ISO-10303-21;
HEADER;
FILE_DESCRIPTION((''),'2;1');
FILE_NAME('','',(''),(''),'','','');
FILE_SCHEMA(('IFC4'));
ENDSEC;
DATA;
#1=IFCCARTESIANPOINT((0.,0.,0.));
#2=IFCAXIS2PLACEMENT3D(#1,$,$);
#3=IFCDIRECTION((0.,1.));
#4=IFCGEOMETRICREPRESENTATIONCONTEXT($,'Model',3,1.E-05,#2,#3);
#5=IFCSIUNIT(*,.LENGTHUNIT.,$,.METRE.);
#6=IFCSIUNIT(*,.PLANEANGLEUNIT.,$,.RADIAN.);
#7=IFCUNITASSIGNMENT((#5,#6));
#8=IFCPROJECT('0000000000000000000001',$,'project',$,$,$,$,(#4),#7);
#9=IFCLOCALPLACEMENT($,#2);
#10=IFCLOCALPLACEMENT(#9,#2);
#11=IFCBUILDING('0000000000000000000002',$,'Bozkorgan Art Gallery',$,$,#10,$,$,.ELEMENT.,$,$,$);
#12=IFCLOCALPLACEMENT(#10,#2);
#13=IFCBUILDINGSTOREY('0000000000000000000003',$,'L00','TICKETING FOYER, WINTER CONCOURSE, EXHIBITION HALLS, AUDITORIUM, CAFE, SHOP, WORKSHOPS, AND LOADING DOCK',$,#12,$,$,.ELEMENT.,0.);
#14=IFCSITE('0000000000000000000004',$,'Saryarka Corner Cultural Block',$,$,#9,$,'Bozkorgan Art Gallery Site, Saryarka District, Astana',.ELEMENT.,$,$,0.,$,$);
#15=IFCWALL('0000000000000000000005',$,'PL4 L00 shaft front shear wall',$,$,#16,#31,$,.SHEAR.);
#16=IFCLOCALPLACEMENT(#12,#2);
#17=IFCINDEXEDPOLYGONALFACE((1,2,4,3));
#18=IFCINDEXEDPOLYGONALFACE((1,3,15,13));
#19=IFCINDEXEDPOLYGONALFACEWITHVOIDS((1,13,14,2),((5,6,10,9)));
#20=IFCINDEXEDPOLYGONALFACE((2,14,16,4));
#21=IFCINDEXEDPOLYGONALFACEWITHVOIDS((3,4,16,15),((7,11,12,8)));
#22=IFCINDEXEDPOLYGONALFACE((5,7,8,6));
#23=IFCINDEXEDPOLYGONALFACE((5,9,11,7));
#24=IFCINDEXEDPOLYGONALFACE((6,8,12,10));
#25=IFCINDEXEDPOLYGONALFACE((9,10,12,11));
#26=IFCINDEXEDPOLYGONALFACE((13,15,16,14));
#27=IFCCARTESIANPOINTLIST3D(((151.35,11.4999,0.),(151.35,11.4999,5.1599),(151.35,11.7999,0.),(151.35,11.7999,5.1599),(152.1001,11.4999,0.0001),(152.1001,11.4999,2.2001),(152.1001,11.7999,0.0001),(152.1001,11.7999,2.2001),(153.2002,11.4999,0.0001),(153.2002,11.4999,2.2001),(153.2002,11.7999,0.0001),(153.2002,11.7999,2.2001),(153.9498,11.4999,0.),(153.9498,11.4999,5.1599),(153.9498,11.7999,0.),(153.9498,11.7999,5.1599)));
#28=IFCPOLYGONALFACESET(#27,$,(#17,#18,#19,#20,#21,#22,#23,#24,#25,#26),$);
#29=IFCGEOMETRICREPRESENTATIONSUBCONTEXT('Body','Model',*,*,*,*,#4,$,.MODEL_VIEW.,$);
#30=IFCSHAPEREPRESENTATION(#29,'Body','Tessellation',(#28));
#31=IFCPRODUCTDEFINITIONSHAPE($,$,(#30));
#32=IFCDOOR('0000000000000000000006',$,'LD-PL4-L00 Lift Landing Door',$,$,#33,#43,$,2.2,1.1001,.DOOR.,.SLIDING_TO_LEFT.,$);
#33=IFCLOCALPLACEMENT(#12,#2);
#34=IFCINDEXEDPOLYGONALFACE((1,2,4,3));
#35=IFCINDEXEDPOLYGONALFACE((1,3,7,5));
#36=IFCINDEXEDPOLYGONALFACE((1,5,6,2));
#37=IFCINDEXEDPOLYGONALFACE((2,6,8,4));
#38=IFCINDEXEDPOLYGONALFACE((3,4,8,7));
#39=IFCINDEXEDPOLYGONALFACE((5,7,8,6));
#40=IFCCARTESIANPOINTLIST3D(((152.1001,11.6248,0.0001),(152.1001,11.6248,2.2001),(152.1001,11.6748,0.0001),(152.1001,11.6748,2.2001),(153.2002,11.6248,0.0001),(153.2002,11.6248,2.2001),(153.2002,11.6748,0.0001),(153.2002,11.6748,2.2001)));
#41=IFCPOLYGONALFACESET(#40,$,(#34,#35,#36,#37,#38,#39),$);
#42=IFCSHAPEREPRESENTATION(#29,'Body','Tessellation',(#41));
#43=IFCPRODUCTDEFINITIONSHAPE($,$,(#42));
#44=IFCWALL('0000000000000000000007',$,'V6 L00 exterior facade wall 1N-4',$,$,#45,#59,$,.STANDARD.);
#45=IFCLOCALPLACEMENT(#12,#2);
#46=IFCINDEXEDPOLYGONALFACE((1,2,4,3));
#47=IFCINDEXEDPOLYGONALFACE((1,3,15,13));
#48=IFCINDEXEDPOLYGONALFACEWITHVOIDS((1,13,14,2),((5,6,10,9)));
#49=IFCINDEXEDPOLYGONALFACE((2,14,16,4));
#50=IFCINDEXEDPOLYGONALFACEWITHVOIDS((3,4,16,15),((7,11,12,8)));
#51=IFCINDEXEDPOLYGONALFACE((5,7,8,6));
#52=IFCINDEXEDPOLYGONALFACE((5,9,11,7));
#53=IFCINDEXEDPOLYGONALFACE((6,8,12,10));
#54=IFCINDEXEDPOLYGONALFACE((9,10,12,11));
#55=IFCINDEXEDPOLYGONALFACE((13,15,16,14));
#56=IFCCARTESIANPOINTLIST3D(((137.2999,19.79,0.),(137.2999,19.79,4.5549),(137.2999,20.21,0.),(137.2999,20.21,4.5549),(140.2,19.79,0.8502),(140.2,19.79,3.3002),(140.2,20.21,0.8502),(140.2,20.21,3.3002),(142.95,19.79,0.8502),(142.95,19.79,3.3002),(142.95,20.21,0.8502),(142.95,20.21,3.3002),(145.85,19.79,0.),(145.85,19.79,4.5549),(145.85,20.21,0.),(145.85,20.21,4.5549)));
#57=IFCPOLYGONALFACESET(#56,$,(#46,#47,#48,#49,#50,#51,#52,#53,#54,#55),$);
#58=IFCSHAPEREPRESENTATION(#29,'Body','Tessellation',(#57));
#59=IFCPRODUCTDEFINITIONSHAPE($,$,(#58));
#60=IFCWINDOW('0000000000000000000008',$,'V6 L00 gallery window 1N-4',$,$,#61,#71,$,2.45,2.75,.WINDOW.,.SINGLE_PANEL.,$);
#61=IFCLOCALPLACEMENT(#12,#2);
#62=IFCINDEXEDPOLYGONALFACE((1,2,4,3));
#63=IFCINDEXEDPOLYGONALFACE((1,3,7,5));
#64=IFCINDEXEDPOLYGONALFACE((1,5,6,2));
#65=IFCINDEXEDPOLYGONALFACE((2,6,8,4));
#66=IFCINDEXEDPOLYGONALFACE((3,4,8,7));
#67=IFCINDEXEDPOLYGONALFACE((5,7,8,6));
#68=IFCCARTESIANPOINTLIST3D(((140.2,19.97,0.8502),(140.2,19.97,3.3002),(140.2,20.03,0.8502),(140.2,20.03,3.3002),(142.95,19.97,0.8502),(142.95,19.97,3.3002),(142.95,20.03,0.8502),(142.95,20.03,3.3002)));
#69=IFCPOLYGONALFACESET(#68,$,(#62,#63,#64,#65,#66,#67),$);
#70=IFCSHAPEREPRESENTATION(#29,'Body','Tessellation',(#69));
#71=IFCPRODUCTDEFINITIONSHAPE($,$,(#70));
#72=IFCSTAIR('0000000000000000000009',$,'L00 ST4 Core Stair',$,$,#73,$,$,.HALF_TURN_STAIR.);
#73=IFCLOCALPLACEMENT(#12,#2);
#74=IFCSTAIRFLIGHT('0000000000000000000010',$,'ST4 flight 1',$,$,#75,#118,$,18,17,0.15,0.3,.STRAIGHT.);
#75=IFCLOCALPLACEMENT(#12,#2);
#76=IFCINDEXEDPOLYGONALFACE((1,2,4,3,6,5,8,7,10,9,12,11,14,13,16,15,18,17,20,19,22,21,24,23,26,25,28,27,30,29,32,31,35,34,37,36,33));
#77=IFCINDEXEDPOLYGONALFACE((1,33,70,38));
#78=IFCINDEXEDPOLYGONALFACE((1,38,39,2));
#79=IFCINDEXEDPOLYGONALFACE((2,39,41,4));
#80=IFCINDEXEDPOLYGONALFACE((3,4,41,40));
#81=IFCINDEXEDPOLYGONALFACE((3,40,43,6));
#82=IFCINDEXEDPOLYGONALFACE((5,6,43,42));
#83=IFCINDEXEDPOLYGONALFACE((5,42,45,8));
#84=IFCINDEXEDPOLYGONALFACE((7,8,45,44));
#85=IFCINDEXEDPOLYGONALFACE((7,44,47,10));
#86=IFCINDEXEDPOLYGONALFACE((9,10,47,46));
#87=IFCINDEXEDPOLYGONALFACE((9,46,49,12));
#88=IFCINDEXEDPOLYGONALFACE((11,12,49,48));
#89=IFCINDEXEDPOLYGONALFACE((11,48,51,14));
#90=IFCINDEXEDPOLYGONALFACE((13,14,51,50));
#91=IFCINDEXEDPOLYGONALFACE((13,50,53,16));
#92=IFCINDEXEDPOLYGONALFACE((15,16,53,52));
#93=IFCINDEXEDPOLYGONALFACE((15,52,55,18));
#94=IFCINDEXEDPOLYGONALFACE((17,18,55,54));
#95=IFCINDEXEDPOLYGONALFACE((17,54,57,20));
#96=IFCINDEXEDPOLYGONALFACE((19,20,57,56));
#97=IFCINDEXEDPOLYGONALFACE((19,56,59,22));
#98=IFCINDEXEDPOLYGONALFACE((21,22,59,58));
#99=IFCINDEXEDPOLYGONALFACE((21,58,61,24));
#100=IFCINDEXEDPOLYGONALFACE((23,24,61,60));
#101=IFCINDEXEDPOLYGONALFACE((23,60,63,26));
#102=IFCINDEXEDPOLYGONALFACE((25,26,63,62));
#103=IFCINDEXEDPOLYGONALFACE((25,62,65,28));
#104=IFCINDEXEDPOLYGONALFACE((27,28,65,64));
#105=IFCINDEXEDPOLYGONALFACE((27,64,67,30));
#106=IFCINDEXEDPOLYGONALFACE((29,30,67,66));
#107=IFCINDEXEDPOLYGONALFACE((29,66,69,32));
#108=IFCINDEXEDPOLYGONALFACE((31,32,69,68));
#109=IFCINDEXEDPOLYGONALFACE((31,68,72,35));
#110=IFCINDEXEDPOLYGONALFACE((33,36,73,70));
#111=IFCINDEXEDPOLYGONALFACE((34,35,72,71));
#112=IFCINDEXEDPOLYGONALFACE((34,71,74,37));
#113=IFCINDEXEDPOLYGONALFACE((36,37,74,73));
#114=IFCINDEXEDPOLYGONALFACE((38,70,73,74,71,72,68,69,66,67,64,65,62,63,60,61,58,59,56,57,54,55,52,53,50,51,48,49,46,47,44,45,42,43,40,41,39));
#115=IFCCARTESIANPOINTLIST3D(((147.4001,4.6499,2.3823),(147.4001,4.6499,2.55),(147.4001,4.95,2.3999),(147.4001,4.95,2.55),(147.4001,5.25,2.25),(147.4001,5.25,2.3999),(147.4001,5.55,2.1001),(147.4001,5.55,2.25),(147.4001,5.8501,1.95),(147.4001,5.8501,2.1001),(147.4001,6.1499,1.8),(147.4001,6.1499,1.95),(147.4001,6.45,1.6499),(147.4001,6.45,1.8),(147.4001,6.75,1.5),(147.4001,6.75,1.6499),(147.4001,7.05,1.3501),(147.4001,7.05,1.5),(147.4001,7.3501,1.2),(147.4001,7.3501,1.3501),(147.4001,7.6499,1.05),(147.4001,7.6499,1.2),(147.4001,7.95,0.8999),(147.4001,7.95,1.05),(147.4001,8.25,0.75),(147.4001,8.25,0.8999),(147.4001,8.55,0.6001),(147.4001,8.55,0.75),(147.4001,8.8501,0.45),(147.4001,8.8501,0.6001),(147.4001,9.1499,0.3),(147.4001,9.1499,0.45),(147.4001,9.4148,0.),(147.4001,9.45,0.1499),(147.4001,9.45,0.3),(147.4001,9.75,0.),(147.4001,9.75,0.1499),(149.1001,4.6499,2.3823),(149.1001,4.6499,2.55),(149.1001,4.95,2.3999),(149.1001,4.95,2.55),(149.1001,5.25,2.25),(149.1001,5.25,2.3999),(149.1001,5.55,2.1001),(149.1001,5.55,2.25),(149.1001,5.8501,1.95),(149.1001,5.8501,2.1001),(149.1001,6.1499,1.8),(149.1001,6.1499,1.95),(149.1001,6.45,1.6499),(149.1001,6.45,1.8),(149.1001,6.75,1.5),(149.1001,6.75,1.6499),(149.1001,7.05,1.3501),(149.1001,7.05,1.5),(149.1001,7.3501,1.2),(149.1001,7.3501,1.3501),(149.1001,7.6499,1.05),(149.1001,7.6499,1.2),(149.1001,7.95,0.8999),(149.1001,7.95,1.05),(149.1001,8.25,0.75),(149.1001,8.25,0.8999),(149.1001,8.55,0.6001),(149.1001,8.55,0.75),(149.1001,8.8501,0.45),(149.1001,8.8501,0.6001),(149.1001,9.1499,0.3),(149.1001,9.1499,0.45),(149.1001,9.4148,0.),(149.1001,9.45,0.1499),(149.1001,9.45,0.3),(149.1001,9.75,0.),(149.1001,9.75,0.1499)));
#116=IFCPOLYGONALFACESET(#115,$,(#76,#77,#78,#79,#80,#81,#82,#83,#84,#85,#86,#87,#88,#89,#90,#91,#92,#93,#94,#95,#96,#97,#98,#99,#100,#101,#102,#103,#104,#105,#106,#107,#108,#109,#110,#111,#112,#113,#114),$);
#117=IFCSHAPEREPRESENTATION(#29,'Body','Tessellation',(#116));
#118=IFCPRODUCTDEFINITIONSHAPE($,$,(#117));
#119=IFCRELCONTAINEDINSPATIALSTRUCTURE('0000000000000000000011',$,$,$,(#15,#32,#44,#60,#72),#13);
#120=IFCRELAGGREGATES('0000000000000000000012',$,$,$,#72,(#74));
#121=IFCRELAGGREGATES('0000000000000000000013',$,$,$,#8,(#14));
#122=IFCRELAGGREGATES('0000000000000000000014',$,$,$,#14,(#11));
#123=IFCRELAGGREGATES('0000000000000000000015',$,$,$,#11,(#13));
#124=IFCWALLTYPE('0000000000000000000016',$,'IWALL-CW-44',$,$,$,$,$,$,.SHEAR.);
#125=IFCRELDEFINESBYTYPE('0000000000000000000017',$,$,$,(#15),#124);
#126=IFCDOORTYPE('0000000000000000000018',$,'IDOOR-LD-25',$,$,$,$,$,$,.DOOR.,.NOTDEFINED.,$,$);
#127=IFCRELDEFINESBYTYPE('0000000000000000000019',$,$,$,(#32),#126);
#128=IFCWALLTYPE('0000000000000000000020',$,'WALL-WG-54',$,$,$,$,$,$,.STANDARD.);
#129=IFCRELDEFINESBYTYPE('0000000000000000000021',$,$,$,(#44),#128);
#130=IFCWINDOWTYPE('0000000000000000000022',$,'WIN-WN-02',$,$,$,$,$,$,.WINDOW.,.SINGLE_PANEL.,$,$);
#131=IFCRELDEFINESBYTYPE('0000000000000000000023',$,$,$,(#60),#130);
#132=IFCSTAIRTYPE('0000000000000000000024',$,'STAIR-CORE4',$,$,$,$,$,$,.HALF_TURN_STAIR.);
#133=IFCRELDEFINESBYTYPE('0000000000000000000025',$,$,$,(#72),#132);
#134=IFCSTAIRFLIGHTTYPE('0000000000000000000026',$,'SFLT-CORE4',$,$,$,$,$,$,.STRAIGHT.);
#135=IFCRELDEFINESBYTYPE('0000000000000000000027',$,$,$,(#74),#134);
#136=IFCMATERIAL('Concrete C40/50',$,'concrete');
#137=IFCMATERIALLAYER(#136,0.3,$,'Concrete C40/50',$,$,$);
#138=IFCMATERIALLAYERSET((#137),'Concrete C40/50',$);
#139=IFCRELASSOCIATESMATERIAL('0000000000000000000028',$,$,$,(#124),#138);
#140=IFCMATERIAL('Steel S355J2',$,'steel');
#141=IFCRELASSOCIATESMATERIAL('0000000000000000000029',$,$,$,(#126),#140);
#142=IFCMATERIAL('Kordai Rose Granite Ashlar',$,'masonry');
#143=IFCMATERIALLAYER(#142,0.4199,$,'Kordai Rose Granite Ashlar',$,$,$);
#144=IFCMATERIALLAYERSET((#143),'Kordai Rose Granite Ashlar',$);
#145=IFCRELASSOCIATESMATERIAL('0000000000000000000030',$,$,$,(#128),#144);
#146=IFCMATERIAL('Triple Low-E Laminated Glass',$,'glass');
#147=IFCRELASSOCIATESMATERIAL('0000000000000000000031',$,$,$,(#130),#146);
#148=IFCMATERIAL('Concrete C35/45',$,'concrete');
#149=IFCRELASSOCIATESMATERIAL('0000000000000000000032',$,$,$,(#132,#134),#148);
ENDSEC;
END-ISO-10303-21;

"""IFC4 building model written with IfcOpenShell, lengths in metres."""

from ifc_helpers import new_model, si_unit, direction, frame, frame_2d, origin, place, context, subcontext, project, spatial, polyline, rectangle, outline, extrude, material, layer, layer_set, type_object, element, fill, aggregate, save


model = new_model("IFC4")

# Units and contexts
model_context = context("Model", 3, precision=1e-05, world=origin(), true_north=direction((0.0, 1.0)))
body_context = subcontext(model_context, "Body", "Model", "MODEL_VIEW")
ifc_project = project(units=[si_unit("LENGTHUNIT", "METRE"), si_unit("PLANEANGLEUNIT", "RADIAN")], contexts=[model_context])

# Site, building, storey
site_placement = place(None, origin())
site = spatial("IfcSite", under=ifc_project, at=site_placement, Name="Saryarka Corner Cultural Block", LongName="Bozkorgan Art Gallery Site, Saryarka District, Astana", CompositionType="ELEMENT", RefElevation=0.0)
building_placement = place(site_placement, origin())
building = spatial("IfcBuilding", under=site, at=building_placement, Name="Bozkorgan Art Gallery", CompositionType="ELEMENT")
storey_placement = place(building_placement, origin())
storey = spatial("IfcBuildingStorey", under=building, at=storey_placement, Name="L00", Description="TICKETING FOYER, WINTER CONCOURSE, EXHIBITION HALLS, AUDITORIUM, CAFE, SHOP, WORKSHOPS, AND LOADING DOCK", CompositionType="ELEMENT", Elevation=0.0)

# Shared definitions
ifc_material_1 = material(Name="Steel S355J2", Category="steel")

# Wall, opening, door
ifc_material_2 = material(Name="Concrete C40/50", Category="concrete")
ifc_layer_1 = layer(ifc_material_2, 0.3, Name="Concrete C40/50")
ifc_layer_set_1 = layer_set([ifc_layer_1], Name="Concrete C40/50")
wall_type_1 = type_object("IfcWallType", Name="IWALL-CW-44", PredefinedType="SHEAR", material=ifc_layer_set_1)
wall_1_placement = place(storey_placement, frame((151.3501, 11.6499, 0.0), z_axis=(0.0, 0.0, 1.0), x_axis=(1.0, 0.0, 0.0)))
wall_1 = element("IfcWall", 1, at=wall_1_placement, inside=storey, type_object=wall_type_1, Name="PL4 L00 shaft front shear wall", PredefinedType="SHEAR", context=body_context, shape_type="SweptSolid", body=[
    extrude(rectangle(XDim=2.5999, YDim=0.3, at=frame_2d((1.2998, 0.0))), origin(), (0.0, 0.0, 1.0), 5.1599),
])
opening_1_placement = place(wall_1_placement, frame((0.75, 0.0, 0.0)))
opening_1 = element("IfcOpeningElement", 2, at=opening_1_placement, cuts=wall_1, PredefinedType="OPENING", context=body_context, shape_type="SweptSolid", body=[
    extrude(rectangle(XDim=1.1001, YDim=2.2, at=frame_2d((0.55, 1.1001))), frame((0.0, 0.1602, 0.0), z_axis=(0.0, -1.0, 0.0), x_axis=(1.0, 0.0, 0.0)), (0.0, 0.0, 1.0), 0.3201),
])
door_type_1 = type_object("IfcDoorType", Name="IDOOR-LD-25", OperationType="NOTDEFINED", PredefinedType="DOOR", material=ifc_material_1)
door_1_placement = place(opening_1_placement, origin())
door_1 = element("IfcDoor", 3, at=door_1_placement, inside=storey, type_object=door_type_1, Name="LD-PL4-L00 Lift Landing Door", OperationType="SLIDING_TO_LEFT", OverallHeight=2.2, OverallWidth=1.1001, PredefinedType="DOOR", context=body_context, shape_type="SweptSolid", body=[
    extrude(rectangle(XDim=1.1001, YDim=2.2, at=frame_2d((0.55, 1.1001))), frame((0.0, 0.0249, 0.0), z_axis=(0.0, -1.0, 0.0), x_axis=(1.0, 0.0, 0.0)), (0.0, 0.0, 1.0), 0.05),
])
fill(opening_1, door_1)

# Wall, opening, window
ifc_material_3 = material(Name="Kordai Rose Granite Ashlar", Category="masonry")
ifc_layer_2 = layer(ifc_material_3, 0.4199, Name="Kordai Rose Granite Ashlar")
ifc_layer_set_2 = layer_set([ifc_layer_2], Name="Kordai Rose Granite Ashlar")
wall_type_2 = type_object("IfcWallType", Name="WALL-WG-54", PredefinedType="STANDARD", material=ifc_layer_set_2)
wall_2_placement = place(storey_placement, frame((137.3, 20.0, 0.0), z_axis=(0.0, 0.0, 1.0), x_axis=(1.0, 0.0, 0.0)))
wall_2 = element("IfcWall", 4, at=wall_2_placement, inside=storey, type_object=wall_type_2, Name="V6 L00 exterior facade wall 1N-4", PredefinedType="STANDARD", context=body_context, shape_type="SweptSolid", body=[
    extrude(rectangle(XDim=8.55, YDim=0.4199, at=frame_2d((4.2749, 0.0))), origin(), (0.0, 0.0, 1.0), 4.5549),
])
opening_2_placement = place(wall_2_placement, frame((2.8999, 0.0, 0.8501)))
opening_2 = element("IfcOpeningElement", 5, at=opening_2_placement, cuts=wall_2, PredefinedType="OPENING", context=body_context, shape_type="SweptSolid", body=[
    extrude(rectangle(XDim=2.75, YDim=2.45, at=frame_2d((1.375, 1.2251))), frame((0.0, 0.22, 0.0), z_axis=(0.0, -1.0, 0.0), x_axis=(1.0, 0.0, 0.0)), (0.0, 0.0, 1.0), 0.4399),
])
ifc_material_4 = material(Name="Triple Low-E Laminated Glass", Category="glass")
window_type = type_object("IfcWindowType", Name="WIN-WN-02", PartitioningType="SINGLE_PANEL", PredefinedType="WINDOW", material=ifc_material_4)
window_placement = place(opening_2_placement, origin())
window = element("IfcWindow", 6, at=window_placement, inside=storey, type_object=window_type, Name="V6 L00 gallery window 1N-4", OverallHeight=2.45, OverallWidth=2.75, PartitioningType="SINGLE_PANEL", PredefinedType="WINDOW", context=body_context, shape_type="SweptSolid", body=[
    extrude(rectangle(XDim=2.75, YDim=2.45, at=frame_2d((1.375, 1.2251))), frame((0.0, 0.03, 0.0), z_axis=(0.0, -1.0, 0.0), x_axis=(1.0, 0.0, 0.0)), (0.0, 0.0, 1.0), 0.0601),
])
fill(opening_2, window)

# Stair, stair flight
ifc_material_5 = material(Name="Concrete C35/45", Category="concrete")
stair_type = type_object("IfcStairType", Name="STAIR-CORE4", PredefinedType="HALF_TURN_STAIR", material=ifc_material_5)
stair_placement = place(storey_placement, origin())
stair = element("IfcStair", 7, at=stair_placement, inside=storey, type_object=stair_type, Name="L00 ST4 Core Stair", PredefinedType="HALF_TURN_STAIR")
stair_flight_type = type_object("IfcStairFlightType", Name="SFLT-CORE4", PredefinedType="STRAIGHT", material=ifc_material_5)
stair_flight_placement = place(storey_placement, frame((148.25, 9.75, 0.0), z_axis=(0.0, 0.0, 1.0), x_axis=(0.0, -1.0, 0.0)))
stair_flight = element("IfcStairFlight", 8, at=stair_flight_placement, type_object=stair_flight_type, Name="ST4 flight 1", NumberOfRisers=18, NumberOfTreads=17, PredefinedType="STRAIGHT", RiserHeight=0.15, TreadLength=0.3, context=body_context, shape_type="SweptSolid", body=[
    extrude(outline(polyline([(0.0, 0.0), (0.0, 0.1499), (0.3, 0.1499), (0.3, 0.3), (0.6001, 0.3), (0.6001, 0.45), (0.8999, 0.45), (0.8999, 0.6001), (1.2, 0.6001), (1.2, 0.75), (1.5, 0.75), (1.5, 0.8999), (1.8, 0.8999), (1.8, 1.05), (2.1001, 1.05), (2.1001, 1.2), (2.3999, 1.2), (2.3999, 1.3501), (2.7, 1.3501), (2.7, 1.5), (3.0, 1.5), (3.0, 1.6499), (3.3, 1.6499), (3.3, 1.8), (3.6001, 1.8), (3.6001, 1.95), (3.8999, 1.95), (3.8999, 2.1001), (4.2, 2.1001), (4.2, 2.25), (4.5, 2.25), (4.5, 2.3999), (4.8, 2.3999), (4.8, 2.55), (5.1001, 2.55), (5.1001, 2.7), (5.1001, 2.3823), (0.3352, 0.0), (0.0, 0.0)])), frame((0.0, 0.8501, 0.0), z_axis=(0.0, -1.0, 0.0), x_axis=(1.0, 0.0, 0.0)), (0.0, 0.0, 1.0), 1.7),
])
aggregate(stair, [stair_flight])

save(model, "model.ifc")
